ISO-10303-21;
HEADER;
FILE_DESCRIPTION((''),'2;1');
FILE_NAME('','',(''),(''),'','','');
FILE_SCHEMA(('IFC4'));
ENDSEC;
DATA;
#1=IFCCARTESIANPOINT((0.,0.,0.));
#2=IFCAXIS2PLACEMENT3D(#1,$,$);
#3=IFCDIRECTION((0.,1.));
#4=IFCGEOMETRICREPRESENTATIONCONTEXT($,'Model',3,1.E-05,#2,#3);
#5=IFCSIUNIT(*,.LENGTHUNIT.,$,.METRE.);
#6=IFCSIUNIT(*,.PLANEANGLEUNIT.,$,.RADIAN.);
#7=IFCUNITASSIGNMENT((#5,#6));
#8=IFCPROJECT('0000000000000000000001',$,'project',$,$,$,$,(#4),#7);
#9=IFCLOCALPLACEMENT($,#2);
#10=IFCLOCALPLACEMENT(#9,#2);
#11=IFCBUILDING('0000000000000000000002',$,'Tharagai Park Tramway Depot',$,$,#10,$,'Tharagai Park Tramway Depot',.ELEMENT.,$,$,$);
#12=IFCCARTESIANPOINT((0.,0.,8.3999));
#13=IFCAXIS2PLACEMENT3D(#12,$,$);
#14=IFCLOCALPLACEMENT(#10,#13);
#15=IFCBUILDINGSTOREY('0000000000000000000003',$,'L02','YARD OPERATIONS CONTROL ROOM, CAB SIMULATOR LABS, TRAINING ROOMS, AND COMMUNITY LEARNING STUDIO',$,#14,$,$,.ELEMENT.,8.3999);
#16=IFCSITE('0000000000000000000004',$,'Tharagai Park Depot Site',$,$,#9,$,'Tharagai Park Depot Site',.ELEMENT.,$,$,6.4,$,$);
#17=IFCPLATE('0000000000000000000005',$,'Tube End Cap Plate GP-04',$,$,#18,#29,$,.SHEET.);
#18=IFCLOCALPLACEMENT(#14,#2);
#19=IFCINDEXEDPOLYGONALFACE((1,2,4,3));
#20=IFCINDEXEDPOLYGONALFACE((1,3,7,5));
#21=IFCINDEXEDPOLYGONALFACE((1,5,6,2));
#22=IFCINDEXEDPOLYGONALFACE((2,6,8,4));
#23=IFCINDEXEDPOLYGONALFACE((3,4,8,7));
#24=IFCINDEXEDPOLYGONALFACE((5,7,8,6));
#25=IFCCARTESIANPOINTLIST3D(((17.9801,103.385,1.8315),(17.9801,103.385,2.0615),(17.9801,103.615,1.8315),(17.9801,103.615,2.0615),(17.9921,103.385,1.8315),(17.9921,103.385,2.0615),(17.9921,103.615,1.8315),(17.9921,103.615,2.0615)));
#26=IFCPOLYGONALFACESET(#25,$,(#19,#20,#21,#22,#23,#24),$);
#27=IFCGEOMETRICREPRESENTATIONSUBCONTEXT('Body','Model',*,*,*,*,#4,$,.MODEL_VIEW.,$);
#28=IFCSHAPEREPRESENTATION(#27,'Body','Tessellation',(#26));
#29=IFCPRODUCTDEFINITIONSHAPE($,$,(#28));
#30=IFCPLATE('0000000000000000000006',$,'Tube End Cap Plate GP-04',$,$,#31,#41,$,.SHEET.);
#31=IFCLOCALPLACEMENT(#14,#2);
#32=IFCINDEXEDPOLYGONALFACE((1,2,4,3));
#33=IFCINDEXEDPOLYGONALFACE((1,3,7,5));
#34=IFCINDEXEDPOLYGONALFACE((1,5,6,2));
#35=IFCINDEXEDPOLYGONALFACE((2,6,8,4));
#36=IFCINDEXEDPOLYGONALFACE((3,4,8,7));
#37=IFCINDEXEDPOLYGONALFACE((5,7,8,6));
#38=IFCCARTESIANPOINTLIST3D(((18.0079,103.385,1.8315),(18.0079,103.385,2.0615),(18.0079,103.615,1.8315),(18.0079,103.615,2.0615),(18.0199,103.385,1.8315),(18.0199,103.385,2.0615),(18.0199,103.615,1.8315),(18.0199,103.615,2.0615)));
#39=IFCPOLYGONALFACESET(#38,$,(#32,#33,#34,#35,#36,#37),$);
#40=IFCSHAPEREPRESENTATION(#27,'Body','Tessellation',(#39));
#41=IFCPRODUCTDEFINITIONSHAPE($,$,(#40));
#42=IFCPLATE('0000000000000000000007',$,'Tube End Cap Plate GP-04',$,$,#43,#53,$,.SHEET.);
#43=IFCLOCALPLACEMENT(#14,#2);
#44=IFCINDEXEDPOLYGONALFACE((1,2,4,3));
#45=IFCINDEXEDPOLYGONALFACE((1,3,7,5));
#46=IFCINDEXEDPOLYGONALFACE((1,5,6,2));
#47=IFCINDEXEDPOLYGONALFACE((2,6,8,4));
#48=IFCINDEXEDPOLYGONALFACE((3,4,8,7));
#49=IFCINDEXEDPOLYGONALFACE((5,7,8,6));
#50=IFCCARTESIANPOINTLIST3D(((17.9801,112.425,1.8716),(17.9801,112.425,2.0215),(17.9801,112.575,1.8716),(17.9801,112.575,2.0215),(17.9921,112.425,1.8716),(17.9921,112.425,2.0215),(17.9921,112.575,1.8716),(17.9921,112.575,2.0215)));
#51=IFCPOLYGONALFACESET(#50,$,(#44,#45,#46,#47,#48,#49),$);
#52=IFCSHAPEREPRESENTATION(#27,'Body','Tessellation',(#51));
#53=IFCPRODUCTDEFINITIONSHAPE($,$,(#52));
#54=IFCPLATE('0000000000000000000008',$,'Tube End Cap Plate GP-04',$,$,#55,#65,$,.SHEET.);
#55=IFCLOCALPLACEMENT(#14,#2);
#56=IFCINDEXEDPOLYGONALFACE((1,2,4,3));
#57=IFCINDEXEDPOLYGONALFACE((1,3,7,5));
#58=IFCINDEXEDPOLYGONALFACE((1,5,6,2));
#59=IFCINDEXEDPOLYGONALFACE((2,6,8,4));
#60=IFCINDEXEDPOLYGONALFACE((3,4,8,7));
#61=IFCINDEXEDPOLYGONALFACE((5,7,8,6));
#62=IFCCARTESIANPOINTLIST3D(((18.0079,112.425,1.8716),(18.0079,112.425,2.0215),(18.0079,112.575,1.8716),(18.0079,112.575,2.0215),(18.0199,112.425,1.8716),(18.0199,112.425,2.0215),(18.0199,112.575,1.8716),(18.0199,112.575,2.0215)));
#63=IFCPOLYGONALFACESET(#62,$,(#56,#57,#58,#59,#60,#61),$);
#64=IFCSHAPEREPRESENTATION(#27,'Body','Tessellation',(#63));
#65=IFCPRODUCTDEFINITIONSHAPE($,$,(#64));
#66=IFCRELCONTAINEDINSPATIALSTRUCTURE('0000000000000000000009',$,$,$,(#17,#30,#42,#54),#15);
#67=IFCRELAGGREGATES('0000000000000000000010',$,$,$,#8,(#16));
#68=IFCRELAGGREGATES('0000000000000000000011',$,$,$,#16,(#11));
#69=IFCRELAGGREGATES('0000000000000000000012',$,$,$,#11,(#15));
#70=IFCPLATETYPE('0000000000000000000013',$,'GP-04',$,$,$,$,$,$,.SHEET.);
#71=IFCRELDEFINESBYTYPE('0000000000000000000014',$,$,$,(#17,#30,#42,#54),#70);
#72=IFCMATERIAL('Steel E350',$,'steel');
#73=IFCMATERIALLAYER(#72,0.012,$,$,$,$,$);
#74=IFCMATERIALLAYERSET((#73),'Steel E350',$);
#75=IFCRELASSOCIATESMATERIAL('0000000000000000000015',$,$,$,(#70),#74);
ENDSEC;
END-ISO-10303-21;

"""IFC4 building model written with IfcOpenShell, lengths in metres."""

from ifc_helpers import new_model, si_unit, direction, frame, origin, origin_2d, place, context, subcontext, project, spatial, rectangle, extrude, material, layer, layer_set, type_object, element, save


model = new_model("IFC4")

# Units and contexts
model_context = context("Model", 3, precision=1e-05, world=origin(), true_north=direction((0.0, 1.0)))
body_context = subcontext(model_context, "Body", "Model", "MODEL_VIEW")
ifc_project = project(units=[si_unit("LENGTHUNIT", "METRE"), si_unit("PLANEANGLEUNIT", "RADIAN")], contexts=[model_context])

# Site, building, storey
site_placement = place(None, origin())
site = spatial("IfcSite", under=ifc_project, at=site_placement, Name="Tharagai Park Depot Site", LongName="Tharagai Park Depot Site", CompositionType="ELEMENT", RefElevation=6.4)
building_placement = place(site_placement, origin())
building = spatial("IfcBuilding", under=site, at=building_placement, Name="Tharagai Park Tramway Depot", LongName="Tharagai Park Tramway Depot", CompositionType="ELEMENT")
storey_placement = place(building_placement, frame((0.0, 0.0, 8.3999)))
storey = spatial("IfcBuildingStorey", under=building, at=storey_placement, Name="L02", Description="YARD OPERATIONS CONTROL ROOM, CAB SIMULATOR LABS, TRAINING ROOMS, AND COMMUNITY LEARNING STUDIO", CompositionType="ELEMENT", Elevation=8.3999)

# Shared definitions
ifc_material_1 = material(Name="Steel E350", Category="steel")

# Plates
ifc_layer_1 = layer(ifc_material_1, 0.012)
ifc_layer_set_1 = layer_set([ifc_layer_1], Name="Steel E350")
plate_type_1 = type_object("IfcPlateType", Name="GP-04", PredefinedType="SHEET", material=ifc_layer_set_1)
for number, where, z_axis, x_axis, name in (
    (1, (17.9861, 103.5, 1.8315), (0.0, 0.0, 1.0), (1.0, 0.0, 0.0), "Tube End Cap Plate GP-04"),
    (2, (18.0139, 103.5, 1.8315), (0.0, 0.0, 1.0), (1.0, 0.0, 0.0), "Tube End Cap Plate GP-04"),
):
    element("IfcPlate", number, at=place(storey_placement, frame(where, z_axis=z_axis, x_axis=x_axis)), inside=storey, type_object=plate_type_1, Name=name, PredefinedType="SHEET", context=body_context, shape_type="SweptSolid", body=[
        extrude(rectangle(XDim=0.012, YDim=0.23, at=origin_2d()), origin(), (0.0, 0.0, 1.0), 0.23),
    ])
for number, where, z_axis, x_axis, name in (
    (3, (17.9861, 112.5, 1.8716), (0.0, 0.0, 1.0), (1.0, 0.0, 0.0), "Tube End Cap Plate GP-04"),
    (4, (18.0139, 112.5, 1.8716), (0.0, 0.0, 1.0), (1.0, 0.0, 0.0), "Tube End Cap Plate GP-04"),
):
    element("IfcPlate", number, at=place(storey_placement, frame(where, z_axis=z_axis, x_axis=x_axis)), inside=storey, type_object=plate_type_1, Name=name, PredefinedType="SHEET", context=body_context, shape_type="SweptSolid", body=[
        extrude(rectangle(XDim=0.012, YDim=0.1499, at=origin_2d()), origin(), (0.0, 0.0, 1.0), 0.1499),
    ])

save(model, "model.ifc")
